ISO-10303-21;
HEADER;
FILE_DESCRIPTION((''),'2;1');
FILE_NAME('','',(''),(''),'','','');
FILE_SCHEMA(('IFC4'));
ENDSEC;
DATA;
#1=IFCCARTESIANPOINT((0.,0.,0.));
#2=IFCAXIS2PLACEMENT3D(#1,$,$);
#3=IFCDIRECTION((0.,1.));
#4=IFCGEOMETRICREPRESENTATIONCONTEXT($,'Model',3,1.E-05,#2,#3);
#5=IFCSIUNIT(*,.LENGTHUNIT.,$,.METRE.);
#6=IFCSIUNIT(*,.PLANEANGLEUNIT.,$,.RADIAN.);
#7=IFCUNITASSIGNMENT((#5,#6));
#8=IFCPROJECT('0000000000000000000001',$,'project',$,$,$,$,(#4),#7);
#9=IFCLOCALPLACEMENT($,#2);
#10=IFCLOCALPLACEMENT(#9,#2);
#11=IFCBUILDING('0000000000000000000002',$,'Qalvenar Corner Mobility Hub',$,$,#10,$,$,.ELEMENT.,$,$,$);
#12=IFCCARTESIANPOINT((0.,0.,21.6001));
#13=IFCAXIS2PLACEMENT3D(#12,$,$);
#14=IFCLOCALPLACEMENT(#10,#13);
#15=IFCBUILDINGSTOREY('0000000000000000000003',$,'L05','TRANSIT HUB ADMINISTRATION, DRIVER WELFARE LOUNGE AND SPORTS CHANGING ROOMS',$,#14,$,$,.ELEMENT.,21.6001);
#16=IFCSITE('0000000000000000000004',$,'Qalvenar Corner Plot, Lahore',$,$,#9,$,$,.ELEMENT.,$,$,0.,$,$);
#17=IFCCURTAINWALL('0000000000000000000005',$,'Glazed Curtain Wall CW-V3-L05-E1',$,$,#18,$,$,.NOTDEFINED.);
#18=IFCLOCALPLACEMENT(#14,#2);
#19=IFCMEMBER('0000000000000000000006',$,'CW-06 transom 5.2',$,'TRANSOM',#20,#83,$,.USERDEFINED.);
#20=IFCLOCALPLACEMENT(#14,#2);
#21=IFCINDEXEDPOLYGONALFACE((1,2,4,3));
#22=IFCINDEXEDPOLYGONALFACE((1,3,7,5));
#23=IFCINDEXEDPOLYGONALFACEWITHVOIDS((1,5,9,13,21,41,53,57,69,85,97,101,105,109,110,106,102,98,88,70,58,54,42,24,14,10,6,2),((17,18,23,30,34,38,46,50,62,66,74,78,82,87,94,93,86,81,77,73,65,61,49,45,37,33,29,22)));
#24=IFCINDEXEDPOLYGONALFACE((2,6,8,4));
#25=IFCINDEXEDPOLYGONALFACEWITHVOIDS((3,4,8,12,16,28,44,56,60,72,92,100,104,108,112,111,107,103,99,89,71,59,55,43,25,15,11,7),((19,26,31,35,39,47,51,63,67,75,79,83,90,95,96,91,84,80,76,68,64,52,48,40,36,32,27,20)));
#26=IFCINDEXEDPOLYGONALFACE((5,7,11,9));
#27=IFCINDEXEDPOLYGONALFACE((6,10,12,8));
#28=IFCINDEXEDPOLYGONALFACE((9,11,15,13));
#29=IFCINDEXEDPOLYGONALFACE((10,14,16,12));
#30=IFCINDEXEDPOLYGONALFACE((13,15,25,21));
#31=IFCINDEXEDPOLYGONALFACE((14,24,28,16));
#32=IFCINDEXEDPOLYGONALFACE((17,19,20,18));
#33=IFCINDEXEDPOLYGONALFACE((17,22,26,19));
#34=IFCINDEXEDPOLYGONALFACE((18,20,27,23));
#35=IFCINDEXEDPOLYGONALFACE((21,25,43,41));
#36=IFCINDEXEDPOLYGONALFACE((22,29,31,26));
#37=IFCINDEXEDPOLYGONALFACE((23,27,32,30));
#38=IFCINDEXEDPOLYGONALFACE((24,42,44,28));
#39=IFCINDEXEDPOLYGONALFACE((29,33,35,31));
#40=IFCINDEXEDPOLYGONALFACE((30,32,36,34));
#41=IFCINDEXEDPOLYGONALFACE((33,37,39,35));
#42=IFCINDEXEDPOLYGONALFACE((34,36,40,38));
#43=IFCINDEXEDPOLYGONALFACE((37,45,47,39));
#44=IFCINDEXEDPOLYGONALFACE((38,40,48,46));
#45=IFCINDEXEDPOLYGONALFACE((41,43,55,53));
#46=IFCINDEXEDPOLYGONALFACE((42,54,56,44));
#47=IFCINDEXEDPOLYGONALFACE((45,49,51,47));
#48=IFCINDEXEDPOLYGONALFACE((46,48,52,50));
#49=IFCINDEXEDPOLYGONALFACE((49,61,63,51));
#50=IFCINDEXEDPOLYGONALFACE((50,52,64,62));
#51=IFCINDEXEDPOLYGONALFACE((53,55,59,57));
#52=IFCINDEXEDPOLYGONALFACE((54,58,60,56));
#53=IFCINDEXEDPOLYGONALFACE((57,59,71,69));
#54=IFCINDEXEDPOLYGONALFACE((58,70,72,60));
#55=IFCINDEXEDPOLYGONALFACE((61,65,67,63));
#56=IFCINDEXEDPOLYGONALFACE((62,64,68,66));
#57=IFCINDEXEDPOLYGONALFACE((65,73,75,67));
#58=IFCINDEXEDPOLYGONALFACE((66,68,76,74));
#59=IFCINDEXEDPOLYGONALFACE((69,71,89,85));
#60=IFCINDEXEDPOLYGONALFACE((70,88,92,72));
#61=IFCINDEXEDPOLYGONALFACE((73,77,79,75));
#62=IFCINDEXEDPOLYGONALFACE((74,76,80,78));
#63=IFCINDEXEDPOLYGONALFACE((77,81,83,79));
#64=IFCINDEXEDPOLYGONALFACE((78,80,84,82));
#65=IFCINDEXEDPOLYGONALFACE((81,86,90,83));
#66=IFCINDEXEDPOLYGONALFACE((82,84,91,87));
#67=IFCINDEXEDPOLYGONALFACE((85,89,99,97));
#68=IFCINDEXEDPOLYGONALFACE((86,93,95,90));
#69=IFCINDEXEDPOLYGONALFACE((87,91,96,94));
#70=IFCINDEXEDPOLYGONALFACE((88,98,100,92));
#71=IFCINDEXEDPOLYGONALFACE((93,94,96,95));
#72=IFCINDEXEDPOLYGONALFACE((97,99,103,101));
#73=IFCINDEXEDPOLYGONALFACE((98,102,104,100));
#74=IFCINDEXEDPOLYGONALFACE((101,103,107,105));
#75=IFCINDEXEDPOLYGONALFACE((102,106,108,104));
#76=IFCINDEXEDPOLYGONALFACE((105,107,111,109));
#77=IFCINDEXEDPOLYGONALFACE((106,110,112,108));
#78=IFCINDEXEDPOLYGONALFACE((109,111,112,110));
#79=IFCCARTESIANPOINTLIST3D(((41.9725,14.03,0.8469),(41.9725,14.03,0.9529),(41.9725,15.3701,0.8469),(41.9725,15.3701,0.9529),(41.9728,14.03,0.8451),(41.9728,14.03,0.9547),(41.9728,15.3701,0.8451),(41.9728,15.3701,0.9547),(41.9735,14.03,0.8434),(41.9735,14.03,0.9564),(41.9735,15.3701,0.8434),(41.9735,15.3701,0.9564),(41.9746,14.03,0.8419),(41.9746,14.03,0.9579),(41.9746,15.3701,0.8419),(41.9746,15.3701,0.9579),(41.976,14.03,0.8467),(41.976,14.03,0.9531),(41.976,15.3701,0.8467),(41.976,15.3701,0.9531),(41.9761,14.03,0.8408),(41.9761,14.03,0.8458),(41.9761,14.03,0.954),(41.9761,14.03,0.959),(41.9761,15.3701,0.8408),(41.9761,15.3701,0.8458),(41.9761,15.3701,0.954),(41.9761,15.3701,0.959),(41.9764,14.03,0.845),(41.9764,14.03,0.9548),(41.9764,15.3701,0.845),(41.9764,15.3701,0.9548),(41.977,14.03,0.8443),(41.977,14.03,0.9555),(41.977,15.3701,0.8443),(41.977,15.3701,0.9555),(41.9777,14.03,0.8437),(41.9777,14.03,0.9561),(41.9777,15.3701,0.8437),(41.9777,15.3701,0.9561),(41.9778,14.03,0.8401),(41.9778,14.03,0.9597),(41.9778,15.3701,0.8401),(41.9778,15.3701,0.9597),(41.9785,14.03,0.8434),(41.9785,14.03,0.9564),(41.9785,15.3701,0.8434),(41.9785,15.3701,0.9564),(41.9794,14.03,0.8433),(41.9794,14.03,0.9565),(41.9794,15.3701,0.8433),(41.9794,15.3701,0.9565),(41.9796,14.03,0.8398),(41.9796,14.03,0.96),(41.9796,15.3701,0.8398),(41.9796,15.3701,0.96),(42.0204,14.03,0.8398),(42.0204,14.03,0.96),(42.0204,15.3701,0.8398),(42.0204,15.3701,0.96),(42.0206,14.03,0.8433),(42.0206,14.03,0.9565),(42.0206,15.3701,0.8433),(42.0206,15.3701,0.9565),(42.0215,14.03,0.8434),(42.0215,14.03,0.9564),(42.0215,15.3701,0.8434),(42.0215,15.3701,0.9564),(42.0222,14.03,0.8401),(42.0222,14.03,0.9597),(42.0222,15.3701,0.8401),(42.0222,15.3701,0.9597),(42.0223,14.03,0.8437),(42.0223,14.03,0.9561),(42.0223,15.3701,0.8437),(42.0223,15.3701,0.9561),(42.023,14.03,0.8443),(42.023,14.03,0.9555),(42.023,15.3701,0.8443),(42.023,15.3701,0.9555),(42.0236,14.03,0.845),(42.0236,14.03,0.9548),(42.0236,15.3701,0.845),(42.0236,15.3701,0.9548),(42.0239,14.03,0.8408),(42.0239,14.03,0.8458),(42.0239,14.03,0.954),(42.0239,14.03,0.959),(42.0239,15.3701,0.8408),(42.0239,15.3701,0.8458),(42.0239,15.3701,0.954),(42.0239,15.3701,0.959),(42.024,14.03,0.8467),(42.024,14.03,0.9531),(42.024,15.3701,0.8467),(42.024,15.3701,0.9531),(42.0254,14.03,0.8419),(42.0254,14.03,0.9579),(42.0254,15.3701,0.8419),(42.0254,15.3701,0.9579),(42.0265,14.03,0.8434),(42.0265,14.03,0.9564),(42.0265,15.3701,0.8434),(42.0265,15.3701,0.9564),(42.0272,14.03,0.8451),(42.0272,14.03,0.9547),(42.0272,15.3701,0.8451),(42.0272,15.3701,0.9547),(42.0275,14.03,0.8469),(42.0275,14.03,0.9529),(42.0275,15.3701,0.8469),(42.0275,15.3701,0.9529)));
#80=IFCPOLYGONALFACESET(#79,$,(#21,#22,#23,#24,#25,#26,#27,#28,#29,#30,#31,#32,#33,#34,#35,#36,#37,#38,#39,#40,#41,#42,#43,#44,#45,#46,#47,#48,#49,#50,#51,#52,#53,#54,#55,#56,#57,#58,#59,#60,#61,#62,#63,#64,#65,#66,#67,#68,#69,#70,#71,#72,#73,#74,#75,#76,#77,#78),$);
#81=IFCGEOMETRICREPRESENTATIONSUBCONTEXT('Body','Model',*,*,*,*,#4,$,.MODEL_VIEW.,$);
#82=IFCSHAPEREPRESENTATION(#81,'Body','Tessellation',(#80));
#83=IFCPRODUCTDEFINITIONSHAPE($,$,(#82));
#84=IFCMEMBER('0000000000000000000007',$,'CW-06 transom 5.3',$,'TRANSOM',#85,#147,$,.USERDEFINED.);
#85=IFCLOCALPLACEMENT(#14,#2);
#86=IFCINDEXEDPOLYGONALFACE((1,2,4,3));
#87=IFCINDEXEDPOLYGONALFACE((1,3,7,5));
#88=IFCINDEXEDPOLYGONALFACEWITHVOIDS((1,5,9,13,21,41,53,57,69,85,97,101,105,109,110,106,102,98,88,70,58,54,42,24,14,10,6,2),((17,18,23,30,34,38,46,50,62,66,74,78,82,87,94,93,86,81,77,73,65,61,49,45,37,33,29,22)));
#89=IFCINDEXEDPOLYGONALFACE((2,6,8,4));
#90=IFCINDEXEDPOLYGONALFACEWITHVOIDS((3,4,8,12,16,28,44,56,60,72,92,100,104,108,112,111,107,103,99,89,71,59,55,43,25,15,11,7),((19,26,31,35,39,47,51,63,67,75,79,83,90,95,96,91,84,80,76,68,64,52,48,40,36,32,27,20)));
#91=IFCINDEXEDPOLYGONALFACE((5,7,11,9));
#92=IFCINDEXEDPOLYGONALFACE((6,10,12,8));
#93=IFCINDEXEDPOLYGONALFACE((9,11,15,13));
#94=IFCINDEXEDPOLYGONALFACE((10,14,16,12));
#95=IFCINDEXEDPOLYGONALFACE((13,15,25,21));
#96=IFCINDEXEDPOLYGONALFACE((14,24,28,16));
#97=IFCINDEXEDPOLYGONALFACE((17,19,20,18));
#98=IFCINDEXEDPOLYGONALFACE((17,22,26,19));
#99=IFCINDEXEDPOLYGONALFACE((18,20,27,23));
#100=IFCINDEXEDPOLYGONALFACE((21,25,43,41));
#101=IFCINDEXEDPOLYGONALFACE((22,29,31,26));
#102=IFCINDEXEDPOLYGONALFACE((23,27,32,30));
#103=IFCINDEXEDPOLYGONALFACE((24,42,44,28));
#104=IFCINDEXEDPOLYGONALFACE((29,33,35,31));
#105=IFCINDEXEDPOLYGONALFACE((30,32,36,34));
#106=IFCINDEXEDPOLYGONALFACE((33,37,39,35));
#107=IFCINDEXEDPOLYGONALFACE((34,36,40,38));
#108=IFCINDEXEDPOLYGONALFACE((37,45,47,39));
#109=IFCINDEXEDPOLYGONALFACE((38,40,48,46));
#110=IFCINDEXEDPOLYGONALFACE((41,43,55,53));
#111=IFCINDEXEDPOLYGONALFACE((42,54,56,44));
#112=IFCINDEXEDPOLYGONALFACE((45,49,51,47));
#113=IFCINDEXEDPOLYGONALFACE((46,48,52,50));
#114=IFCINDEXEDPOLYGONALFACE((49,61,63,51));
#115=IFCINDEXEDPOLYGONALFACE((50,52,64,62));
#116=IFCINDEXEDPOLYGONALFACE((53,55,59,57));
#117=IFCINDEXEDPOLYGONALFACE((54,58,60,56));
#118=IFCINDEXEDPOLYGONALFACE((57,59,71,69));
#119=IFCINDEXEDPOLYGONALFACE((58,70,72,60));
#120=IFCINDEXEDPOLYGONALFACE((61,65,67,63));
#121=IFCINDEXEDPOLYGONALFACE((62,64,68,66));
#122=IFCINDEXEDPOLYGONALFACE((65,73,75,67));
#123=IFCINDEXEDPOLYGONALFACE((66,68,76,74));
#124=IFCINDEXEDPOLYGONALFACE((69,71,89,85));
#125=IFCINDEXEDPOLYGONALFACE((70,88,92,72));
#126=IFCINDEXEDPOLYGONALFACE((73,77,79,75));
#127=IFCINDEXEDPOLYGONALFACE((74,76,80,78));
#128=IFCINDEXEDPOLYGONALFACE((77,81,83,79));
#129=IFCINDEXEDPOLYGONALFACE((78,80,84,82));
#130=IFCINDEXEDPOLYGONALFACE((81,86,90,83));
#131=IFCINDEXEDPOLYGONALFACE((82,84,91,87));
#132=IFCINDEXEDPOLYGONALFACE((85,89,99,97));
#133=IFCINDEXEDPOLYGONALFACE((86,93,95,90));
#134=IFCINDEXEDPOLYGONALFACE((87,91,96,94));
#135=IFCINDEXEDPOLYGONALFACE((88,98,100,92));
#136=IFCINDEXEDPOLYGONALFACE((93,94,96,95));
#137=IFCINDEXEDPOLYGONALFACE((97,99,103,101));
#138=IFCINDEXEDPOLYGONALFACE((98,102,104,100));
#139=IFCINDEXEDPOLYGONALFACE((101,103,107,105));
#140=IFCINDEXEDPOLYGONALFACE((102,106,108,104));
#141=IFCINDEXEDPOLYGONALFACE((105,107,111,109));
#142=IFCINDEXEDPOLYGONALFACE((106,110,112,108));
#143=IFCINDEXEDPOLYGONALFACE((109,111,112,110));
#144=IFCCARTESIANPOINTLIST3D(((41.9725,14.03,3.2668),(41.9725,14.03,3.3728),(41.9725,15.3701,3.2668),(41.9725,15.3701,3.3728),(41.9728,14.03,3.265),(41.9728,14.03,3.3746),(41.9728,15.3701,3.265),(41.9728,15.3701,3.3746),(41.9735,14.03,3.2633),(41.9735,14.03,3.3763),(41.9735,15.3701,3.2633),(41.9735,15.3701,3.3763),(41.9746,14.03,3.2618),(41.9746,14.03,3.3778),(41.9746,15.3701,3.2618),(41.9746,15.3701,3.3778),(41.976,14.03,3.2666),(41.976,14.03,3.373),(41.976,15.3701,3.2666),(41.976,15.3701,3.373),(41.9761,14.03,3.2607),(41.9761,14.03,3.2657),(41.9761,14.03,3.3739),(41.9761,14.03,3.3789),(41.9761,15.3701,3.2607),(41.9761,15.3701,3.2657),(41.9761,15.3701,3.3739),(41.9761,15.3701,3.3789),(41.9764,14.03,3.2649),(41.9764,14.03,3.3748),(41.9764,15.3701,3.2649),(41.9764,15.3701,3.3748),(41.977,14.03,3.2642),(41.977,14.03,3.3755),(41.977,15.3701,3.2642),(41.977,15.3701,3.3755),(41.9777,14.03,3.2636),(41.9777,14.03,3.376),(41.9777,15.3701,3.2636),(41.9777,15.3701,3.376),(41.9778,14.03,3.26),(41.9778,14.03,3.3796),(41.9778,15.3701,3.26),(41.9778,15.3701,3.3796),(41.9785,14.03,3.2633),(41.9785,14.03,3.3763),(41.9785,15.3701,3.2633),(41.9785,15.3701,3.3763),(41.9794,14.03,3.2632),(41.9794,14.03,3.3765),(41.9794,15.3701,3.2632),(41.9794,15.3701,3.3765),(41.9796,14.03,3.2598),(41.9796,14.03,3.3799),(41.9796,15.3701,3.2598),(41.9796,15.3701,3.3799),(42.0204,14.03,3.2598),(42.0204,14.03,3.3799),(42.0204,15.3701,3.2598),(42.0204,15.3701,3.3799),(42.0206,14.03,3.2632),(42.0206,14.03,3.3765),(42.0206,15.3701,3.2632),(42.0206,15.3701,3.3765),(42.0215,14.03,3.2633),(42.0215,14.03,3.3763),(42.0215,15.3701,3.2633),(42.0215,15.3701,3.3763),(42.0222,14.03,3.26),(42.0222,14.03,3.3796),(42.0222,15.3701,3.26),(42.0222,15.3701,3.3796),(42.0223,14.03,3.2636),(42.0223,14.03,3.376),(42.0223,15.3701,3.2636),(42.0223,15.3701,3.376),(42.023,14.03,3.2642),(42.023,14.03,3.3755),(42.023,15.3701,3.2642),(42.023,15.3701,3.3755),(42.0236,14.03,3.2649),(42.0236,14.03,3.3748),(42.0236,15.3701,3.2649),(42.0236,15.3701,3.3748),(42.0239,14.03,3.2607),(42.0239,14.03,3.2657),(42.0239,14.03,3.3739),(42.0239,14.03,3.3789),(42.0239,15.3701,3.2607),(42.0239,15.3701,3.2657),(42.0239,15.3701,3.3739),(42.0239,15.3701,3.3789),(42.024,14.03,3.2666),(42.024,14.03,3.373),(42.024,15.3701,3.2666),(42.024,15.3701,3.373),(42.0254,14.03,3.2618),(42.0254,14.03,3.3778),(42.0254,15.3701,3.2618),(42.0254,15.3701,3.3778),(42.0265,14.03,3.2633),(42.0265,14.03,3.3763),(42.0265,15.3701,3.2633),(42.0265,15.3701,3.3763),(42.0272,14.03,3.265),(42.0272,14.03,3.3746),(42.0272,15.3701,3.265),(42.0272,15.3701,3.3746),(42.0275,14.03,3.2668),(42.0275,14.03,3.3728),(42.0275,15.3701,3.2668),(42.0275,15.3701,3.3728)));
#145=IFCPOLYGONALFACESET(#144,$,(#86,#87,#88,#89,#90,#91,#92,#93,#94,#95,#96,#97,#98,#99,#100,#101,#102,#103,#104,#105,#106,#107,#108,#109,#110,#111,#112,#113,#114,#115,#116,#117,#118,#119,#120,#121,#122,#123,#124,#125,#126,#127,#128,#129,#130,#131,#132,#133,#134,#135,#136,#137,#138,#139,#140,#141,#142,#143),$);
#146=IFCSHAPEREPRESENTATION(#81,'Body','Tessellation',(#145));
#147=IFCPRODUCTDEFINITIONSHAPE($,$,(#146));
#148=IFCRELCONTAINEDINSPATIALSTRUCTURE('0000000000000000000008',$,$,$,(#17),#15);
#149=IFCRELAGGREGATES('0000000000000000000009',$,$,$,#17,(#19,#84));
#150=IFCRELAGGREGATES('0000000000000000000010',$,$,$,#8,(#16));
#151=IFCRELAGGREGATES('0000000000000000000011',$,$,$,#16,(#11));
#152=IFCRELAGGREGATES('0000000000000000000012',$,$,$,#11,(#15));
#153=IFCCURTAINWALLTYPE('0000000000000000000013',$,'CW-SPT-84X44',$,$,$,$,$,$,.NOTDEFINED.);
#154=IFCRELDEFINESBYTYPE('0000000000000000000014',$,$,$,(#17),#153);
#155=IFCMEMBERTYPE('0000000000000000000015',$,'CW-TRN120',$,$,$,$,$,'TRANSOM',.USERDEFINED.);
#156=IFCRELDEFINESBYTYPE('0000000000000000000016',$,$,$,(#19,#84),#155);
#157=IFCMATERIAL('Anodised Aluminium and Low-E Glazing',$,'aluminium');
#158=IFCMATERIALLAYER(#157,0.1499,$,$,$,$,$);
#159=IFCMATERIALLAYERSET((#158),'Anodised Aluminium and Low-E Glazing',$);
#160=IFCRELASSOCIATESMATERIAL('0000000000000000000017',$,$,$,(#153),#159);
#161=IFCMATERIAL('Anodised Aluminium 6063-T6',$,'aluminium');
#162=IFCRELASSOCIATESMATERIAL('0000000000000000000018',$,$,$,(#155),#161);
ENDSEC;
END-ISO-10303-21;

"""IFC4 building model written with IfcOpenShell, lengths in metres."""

from ifc_helpers import new_model, si_unit, direction, frame, origin, origin_2d, place, context, subcontext, project, spatial, hollow_rectangle, extrude, material, layer, layer_set, material_profile, profile_set, type_object, element, aggregate, save


model = new_model("IFC4")

# Units and contexts
model_context = context("Model", 3, precision=1e-05, world=origin(), true_north=direction((0.0, 1.0)))
body_context = subcontext(model_context, "Body", "Model", "MODEL_VIEW")
ifc_project = project(units=[si_unit("LENGTHUNIT", "METRE"), si_unit("PLANEANGLEUNIT", "RADIAN")], contexts=[model_context])

# Site, building, storey
site_placement = place(None, origin())
site = spatial("IfcSite", under=ifc_project, at=site_placement, Name="Qalvenar Corner Plot, Lahore", CompositionType="ELEMENT", RefElevation=0.0)
building_placement = place(site_placement, origin())
building = spatial("IfcBuilding", under=site, at=building_placement, Name="Qalvenar Corner Mobility Hub", CompositionType="ELEMENT")
storey_placement = place(building_placement, frame((0.0, 0.0, 21.6001)))
storey = spatial("IfcBuildingStorey", under=building, at=storey_placement, Name="L05", Description="TRANSIT HUB ADMINISTRATION, DRIVER WELFARE LOUNGE AND SPORTS CHANGING ROOMS", CompositionType="ELEMENT", Elevation=21.6001)

# Curtain wall, members
ifc_material_1 = material(Name="Anodised Aluminium and Low-E Glazing", Category="aluminium")
ifc_layer_1 = layer(ifc_material_1, 0.1499)
ifc_layer_set_1 = layer_set([ifc_layer_1], Name="Anodised Aluminium and Low-E Glazing")
curtain_wall_type = type_object("IfcCurtainWallType", Name="CW-SPT-84X44", PredefinedType="NOTDEFINED", material=ifc_layer_set_1)
curtain_wall_placement = place(storey_placement, origin())
curtain_wall = element("IfcCurtainWall", 1, at=curtain_wall_placement, inside=storey, type_object=curtain_wall_type, Name="Glazed Curtain Wall CW-V3-L05-E1", PredefinedType="NOTDEFINED")
ifc_material_2 = material(Name="Anodised Aluminium 6063-T6", Category="aluminium")
ifc_material_profile_1 = material_profile(ifc_material_2, hollow_rectangle(XDim=0.0549, YDim=0.1201, WallThickness=0.0034, InnerFilletRadius=0.0034, OuterFilletRadius=0.0071, at=origin_2d()), Name="RHS120x55x3.5")
ifc_profile_set_1 = profile_set([ifc_material_profile_1], Name="Anodised Aluminium 6063-T6")
member_type_1 = type_object("IfcMemberType", Name="CW-TRN120", ElementType="TRANSOM", PredefinedType="USERDEFINED", material=ifc_profile_set_1)
member_1_placement = place(storey_placement, frame((42.0, 14.03, 0.8999), z_axis=(0.0, 1.0, 0.0), x_axis=(-1.0, 0.0, 0.0)))
member_1 = element("IfcMember", 2, at=member_1_placement, type_object=member_type_1, Name="CW-06 transom 5.2", ObjectType="TRANSOM", PredefinedType="USERDEFINED", context=body_context, shape_type="SweptSolid", body=[
    extrude(hollow_rectangle(XDim=0.0549, YDim=0.1201, WallThickness=0.0034, InnerFilletRadius=0.0034, OuterFilletRadius=0.0071, at=origin_2d()), origin(), (0.0, 0.0, 1.0), 1.3401),
])
member_2_placement = place(storey_placement, frame((42.0, 14.03, 3.3198), z_axis=(0.0, 1.0, 0.0), x_axis=(-1.0, 0.0, 0.0)))
member_2 = element("IfcMember", 3, at=member_2_placement, type_object=member_type_1, Name="CW-06 transom 5.3", ObjectType="TRANSOM", PredefinedType="USERDEFINED", context=body_context, shape_type="SweptSolid", body=[
    extrude(hollow_rectangle(XDim=0.0549, YDim=0.1201, WallThickness=0.0034, InnerFilletRadius=0.0034, OuterFilletRadius=0.0071, at=origin_2d()), origin(), (0.0, 0.0, 1.0), 1.3401),
])
aggregate(curtain_wall, [member_1, member_2])

save(model, "model.ifc")
